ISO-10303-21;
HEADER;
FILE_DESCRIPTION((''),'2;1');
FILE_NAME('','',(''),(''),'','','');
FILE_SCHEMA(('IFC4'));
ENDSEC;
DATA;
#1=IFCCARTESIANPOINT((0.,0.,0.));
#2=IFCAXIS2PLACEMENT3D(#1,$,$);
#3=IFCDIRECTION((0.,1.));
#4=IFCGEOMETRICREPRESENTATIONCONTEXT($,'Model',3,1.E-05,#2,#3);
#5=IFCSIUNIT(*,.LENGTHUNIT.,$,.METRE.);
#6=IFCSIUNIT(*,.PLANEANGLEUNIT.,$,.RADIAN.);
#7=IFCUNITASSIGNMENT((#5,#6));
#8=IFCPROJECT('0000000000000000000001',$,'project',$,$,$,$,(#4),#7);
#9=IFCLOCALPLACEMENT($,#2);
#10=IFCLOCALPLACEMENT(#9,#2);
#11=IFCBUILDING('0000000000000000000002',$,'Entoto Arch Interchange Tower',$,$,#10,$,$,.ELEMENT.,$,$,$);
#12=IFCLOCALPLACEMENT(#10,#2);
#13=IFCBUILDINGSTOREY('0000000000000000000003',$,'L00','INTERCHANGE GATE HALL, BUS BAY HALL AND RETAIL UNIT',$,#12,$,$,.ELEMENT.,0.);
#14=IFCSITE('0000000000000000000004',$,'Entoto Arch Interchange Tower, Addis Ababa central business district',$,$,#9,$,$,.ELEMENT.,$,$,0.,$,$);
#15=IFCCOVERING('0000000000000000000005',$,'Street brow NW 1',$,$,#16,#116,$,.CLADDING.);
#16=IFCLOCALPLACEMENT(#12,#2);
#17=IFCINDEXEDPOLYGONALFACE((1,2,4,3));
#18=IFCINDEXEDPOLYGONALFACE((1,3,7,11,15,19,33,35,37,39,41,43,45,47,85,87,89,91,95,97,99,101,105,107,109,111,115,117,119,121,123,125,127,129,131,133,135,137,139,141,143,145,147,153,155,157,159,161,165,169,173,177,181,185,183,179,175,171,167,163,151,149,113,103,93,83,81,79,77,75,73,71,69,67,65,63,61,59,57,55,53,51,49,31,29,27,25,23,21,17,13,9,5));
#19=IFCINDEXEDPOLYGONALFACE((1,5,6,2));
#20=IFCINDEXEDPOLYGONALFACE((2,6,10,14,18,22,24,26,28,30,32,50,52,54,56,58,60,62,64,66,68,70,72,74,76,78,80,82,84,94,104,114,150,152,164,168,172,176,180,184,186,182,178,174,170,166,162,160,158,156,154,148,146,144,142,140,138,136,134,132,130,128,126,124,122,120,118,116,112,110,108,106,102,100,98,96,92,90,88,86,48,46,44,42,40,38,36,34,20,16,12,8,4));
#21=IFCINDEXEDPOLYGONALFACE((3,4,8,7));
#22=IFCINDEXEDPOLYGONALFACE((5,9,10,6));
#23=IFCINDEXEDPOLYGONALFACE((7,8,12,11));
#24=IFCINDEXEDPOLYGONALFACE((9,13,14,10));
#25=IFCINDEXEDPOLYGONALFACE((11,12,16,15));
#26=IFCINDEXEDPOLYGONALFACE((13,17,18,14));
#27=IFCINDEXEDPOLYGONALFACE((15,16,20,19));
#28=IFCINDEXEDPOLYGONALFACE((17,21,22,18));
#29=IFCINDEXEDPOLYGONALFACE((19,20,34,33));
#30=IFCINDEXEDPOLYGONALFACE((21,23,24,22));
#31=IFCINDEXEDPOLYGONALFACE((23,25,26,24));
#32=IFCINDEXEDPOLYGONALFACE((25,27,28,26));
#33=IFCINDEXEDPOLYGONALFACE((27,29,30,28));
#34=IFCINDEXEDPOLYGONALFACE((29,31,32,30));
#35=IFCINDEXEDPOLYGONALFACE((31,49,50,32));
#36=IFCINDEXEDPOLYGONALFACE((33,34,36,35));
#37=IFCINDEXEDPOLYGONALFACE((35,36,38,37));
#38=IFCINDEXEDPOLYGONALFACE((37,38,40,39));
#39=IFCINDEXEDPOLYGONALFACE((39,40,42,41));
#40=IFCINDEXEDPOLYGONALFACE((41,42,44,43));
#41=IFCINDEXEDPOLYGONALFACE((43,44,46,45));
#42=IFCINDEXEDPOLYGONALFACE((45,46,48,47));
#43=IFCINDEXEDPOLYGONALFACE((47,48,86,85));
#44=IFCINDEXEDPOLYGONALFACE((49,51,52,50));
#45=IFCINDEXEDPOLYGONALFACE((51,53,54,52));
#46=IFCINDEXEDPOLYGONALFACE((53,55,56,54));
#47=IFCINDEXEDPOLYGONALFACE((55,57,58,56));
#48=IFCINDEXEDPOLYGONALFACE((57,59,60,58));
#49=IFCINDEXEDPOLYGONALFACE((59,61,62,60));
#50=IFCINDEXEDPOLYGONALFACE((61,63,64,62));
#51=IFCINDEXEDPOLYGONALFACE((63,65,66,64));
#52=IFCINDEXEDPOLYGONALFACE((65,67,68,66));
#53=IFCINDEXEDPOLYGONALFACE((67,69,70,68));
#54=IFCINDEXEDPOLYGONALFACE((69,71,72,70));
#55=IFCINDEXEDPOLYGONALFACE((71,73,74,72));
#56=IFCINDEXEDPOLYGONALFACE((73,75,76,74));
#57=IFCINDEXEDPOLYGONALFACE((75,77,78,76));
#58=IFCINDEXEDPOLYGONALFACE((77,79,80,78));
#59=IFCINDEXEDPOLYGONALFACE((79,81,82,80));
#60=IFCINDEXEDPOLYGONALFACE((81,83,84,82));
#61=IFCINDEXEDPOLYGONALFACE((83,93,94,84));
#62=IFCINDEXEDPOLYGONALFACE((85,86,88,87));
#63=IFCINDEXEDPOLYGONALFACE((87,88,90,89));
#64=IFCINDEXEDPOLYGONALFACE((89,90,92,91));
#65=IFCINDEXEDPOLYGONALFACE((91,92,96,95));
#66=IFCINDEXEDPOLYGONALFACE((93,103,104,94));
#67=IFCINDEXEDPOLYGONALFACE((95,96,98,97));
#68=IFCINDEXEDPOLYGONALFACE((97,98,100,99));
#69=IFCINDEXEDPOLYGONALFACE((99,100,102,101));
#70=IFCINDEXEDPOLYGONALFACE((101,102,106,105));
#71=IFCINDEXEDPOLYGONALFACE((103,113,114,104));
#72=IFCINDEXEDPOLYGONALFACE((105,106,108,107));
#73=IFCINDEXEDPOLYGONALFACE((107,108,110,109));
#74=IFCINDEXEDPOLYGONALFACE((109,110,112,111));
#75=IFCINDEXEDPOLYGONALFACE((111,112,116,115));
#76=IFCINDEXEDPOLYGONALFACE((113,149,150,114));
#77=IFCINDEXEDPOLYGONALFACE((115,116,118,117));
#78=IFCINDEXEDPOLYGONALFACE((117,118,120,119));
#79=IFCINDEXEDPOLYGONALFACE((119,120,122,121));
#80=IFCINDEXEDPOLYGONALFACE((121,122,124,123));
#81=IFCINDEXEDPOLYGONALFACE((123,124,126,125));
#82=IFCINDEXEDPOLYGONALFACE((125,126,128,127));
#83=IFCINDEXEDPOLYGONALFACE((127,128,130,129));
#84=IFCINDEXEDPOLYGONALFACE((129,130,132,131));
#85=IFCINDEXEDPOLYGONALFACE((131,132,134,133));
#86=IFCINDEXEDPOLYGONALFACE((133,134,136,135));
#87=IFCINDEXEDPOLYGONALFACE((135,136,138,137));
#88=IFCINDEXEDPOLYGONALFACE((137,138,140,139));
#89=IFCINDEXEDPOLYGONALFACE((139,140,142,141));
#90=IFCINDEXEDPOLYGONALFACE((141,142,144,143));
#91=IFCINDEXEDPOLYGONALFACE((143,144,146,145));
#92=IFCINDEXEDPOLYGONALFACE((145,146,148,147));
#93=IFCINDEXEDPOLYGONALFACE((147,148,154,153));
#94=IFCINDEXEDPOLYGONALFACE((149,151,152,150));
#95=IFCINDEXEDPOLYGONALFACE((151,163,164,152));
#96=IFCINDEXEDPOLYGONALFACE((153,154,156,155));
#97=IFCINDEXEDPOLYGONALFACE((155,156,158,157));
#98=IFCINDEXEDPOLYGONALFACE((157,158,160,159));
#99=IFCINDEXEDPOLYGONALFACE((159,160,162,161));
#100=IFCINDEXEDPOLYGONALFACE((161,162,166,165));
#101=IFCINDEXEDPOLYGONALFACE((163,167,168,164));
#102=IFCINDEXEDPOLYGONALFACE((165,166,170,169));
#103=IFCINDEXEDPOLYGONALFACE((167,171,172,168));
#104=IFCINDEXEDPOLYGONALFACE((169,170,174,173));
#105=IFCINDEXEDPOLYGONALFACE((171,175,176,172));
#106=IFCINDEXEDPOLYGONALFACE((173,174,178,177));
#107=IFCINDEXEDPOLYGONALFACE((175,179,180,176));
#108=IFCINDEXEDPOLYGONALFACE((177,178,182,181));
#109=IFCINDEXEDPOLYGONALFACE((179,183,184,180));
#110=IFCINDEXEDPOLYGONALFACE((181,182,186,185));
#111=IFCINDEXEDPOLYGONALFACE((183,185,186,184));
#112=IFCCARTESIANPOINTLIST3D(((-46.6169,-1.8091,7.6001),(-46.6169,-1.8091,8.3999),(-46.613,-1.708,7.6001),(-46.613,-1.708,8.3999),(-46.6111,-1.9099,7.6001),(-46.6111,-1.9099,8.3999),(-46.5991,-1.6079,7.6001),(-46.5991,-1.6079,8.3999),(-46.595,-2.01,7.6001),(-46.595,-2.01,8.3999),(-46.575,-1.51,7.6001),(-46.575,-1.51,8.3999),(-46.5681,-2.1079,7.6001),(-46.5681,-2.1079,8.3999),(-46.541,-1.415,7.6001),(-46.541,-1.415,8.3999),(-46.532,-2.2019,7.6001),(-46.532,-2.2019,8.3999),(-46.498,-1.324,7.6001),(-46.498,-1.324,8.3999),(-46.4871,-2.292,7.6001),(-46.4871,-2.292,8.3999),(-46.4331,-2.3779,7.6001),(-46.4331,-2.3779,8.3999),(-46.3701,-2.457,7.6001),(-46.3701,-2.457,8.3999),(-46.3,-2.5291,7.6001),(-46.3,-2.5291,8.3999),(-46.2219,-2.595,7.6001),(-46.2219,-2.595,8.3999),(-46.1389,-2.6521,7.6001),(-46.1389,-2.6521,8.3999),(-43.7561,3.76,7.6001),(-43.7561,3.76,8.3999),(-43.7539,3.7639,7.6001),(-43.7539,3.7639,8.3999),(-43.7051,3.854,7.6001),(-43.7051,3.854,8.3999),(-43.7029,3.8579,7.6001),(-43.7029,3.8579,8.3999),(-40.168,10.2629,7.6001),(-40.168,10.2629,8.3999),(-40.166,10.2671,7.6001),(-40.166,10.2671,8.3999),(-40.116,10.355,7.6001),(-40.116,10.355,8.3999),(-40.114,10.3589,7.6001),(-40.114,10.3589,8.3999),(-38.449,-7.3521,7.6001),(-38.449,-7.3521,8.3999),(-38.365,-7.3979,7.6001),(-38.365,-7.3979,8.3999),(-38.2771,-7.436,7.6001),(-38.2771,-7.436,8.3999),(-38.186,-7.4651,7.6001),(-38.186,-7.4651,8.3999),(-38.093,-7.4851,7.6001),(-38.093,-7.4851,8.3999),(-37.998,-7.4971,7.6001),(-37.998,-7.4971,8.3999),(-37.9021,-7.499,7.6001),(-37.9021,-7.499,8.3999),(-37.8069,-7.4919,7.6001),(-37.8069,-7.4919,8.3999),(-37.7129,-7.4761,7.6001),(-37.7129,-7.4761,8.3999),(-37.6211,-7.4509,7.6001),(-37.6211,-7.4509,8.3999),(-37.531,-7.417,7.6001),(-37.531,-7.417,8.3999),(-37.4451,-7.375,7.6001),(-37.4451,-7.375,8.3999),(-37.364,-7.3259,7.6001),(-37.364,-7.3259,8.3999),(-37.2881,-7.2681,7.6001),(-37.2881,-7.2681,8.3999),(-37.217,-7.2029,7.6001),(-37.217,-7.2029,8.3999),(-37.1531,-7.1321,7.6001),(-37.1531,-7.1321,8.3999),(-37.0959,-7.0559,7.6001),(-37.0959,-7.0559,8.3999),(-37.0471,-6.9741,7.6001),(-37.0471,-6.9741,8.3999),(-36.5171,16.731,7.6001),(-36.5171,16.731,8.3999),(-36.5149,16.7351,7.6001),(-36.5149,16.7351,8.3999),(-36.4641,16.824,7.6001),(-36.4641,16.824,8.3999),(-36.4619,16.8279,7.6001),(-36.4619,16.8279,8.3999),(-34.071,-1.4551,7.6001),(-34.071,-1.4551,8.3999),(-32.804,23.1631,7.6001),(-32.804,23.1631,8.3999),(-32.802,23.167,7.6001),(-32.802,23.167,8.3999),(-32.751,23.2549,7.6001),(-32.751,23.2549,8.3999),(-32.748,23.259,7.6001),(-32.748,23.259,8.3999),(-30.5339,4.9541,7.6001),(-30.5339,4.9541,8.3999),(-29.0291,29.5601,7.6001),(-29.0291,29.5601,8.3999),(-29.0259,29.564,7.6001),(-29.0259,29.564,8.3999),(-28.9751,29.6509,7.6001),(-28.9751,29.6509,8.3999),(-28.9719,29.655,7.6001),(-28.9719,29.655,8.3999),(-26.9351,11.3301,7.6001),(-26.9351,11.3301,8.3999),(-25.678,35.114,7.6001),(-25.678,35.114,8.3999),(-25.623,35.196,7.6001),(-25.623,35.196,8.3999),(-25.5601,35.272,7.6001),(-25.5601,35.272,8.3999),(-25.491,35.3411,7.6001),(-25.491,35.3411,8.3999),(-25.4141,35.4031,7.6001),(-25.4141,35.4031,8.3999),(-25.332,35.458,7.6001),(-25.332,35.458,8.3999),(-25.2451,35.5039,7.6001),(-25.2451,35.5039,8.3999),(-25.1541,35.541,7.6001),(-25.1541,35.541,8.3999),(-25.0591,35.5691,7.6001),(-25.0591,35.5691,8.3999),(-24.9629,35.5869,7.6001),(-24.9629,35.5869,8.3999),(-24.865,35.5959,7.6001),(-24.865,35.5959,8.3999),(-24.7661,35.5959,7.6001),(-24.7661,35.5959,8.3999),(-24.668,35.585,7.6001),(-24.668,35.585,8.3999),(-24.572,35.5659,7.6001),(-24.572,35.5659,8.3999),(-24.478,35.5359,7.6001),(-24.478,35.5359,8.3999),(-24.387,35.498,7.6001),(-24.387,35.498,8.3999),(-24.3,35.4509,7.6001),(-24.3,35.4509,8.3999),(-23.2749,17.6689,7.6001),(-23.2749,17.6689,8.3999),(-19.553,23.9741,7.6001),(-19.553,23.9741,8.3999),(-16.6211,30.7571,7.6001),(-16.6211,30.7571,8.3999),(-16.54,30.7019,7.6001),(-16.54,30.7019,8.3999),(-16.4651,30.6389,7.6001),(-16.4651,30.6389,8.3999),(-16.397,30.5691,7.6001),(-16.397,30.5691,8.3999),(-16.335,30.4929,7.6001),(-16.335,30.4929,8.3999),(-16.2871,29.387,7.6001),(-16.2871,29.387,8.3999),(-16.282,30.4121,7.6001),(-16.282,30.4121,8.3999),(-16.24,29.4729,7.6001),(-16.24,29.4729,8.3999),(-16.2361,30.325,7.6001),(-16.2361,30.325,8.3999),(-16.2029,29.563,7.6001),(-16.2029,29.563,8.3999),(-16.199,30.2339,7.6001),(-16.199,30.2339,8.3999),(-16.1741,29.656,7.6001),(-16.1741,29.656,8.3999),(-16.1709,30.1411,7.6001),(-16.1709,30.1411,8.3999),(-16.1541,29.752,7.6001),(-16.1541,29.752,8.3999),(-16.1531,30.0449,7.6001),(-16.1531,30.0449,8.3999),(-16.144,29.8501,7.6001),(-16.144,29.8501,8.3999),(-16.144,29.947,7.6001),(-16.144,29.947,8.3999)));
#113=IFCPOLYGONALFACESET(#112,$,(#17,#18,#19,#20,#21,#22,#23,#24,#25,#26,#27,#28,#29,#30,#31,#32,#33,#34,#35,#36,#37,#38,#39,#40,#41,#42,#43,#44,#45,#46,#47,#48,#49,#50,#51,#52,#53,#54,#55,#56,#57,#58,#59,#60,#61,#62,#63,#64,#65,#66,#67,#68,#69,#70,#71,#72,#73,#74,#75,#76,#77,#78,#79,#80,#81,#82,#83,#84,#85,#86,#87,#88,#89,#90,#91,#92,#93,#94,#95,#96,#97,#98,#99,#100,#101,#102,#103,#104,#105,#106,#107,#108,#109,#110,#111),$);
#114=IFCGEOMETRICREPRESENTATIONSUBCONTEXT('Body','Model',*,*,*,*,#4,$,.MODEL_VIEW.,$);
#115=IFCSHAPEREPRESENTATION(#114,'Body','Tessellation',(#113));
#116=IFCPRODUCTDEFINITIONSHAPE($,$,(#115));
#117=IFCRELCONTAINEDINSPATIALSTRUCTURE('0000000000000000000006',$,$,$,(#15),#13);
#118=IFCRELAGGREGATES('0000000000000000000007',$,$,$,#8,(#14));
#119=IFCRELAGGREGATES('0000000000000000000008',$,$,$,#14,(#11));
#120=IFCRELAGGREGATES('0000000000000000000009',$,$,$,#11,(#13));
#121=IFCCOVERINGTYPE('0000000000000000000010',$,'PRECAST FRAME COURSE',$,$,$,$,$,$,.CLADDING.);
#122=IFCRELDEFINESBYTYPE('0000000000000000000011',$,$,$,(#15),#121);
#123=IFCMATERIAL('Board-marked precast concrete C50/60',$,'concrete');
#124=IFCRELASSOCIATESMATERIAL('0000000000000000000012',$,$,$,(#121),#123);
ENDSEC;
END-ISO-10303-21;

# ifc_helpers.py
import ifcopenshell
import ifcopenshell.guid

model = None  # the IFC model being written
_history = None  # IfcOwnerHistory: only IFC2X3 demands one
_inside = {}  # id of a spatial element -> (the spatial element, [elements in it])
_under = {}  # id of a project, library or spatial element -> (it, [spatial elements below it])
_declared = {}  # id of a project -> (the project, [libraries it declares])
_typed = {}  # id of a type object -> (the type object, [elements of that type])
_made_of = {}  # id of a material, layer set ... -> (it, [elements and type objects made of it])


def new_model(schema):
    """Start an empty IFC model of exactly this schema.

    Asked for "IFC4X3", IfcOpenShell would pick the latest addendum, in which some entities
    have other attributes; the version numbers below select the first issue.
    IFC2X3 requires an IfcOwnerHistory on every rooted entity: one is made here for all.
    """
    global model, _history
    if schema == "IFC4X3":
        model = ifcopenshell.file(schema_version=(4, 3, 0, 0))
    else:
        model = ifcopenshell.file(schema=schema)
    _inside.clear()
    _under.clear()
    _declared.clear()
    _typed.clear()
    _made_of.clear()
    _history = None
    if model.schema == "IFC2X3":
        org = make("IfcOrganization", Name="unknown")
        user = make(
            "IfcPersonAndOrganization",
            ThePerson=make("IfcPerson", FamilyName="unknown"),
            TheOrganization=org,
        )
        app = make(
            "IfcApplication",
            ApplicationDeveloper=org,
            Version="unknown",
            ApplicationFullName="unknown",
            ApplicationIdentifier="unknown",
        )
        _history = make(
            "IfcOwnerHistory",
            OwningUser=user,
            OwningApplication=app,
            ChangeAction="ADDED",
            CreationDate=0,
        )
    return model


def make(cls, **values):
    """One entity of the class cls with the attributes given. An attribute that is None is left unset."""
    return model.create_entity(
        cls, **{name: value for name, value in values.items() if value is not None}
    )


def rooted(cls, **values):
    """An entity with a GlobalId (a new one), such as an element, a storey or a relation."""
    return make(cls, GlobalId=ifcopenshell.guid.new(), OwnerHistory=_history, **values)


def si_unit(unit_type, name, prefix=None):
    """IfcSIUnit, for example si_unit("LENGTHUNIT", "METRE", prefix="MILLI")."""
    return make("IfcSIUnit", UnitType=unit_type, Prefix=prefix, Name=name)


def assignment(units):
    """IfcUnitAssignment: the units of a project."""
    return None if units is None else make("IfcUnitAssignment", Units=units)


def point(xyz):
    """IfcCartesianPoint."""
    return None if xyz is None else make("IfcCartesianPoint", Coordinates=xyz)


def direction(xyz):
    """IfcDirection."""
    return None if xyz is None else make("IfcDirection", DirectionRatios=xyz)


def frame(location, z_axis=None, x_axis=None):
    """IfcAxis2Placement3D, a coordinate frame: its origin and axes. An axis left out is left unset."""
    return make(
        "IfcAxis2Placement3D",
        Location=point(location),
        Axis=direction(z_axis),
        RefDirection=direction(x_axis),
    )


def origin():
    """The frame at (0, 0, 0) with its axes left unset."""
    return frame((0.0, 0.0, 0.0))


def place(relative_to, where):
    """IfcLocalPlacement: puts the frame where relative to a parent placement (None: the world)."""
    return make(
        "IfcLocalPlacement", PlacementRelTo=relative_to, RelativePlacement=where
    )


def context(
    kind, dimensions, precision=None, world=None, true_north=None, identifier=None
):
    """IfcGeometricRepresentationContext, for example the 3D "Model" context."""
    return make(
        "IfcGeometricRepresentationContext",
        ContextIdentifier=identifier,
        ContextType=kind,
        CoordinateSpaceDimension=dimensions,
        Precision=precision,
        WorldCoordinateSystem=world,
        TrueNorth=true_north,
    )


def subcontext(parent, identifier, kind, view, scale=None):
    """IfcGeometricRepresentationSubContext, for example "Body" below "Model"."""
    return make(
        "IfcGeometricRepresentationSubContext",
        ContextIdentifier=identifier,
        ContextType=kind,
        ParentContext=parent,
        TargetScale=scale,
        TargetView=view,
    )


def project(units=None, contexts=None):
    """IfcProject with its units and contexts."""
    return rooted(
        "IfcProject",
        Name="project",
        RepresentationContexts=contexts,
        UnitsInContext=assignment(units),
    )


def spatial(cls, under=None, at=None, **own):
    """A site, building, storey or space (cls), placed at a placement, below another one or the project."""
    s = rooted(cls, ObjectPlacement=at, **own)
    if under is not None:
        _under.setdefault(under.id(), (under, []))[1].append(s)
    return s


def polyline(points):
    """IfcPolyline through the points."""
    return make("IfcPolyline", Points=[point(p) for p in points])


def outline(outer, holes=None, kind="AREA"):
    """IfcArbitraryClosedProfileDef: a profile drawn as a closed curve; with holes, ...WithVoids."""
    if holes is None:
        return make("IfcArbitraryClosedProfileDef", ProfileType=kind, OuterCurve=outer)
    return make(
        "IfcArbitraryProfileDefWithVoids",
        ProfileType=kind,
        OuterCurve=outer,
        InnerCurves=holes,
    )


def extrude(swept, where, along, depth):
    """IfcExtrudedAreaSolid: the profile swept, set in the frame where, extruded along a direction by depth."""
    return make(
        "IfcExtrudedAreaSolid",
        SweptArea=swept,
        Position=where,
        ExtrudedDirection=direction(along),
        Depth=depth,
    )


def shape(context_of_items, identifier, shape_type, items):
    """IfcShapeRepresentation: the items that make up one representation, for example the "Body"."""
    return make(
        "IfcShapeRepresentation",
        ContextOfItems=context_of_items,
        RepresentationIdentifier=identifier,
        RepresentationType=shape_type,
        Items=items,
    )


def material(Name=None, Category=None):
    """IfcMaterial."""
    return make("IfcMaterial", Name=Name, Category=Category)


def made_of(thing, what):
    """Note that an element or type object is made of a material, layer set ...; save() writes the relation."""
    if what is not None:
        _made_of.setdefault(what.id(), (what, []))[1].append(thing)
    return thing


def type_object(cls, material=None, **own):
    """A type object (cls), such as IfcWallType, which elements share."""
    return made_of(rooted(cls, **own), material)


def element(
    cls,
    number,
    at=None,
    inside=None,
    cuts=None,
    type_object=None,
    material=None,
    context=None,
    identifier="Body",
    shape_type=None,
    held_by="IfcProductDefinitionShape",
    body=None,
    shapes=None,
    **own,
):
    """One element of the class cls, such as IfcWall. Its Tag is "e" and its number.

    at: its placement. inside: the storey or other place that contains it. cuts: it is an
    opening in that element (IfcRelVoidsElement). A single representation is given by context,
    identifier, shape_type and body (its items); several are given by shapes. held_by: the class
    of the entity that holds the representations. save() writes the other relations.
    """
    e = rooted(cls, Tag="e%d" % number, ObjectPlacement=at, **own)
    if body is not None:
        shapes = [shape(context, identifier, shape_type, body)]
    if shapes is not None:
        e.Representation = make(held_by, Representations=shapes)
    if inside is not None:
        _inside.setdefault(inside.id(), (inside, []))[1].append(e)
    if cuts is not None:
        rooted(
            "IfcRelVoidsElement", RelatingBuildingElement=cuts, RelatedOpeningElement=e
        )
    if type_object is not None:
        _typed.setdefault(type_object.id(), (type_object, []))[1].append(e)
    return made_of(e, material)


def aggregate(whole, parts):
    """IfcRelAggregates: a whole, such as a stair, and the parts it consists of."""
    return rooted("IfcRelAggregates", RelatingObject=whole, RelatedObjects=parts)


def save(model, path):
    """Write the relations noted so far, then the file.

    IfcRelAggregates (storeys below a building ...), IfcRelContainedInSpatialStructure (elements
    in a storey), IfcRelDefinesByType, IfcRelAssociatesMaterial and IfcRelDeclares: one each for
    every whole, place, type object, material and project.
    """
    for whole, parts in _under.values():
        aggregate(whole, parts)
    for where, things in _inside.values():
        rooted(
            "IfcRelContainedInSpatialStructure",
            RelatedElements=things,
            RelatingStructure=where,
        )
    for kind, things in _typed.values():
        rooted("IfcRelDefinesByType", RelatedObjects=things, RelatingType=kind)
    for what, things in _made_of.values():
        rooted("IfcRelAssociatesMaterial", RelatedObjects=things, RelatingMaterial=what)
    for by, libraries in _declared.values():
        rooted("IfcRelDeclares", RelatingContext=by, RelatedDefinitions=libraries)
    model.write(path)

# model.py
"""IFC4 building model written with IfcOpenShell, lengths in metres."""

from ifc_helpers import new_model, si_unit, direction, frame, origin, place, context, subcontext, project, spatial, polyline, outline, extrude, material, type_object, element, save


model = new_model("IFC4")

# Units and contexts
model_context = context("Model", 3, precision=1e-05, world=origin(), true_north=direction((0.0, 1.0)))
body_context = subcontext(model_context, "Body", "Model", "MODEL_VIEW")
ifc_project = project(units=[si_unit("LENGTHUNIT", "METRE"), si_unit("PLANEANGLEUNIT", "RADIAN")], contexts=[model_context])

# Site, building, storey
site_placement = place(None, origin())
site = spatial("IfcSite", under=ifc_project, at=site_placement, Name="Entoto Arch Interchange Tower, Addis Ababa central business district", CompositionType="ELEMENT", RefElevation=0.0)
building_placement = place(site_placement, origin())
building = spatial("IfcBuilding", under=site, at=building_placement, Name="Entoto Arch Interchange Tower", CompositionType="ELEMENT")
storey_placement = place(building_placement, origin())
storey = spatial("IfcBuildingStorey", under=building, at=storey_placement, Name="L00", Description="INTERCHANGE GATE HALL, BUS BAY HALL AND RETAIL UNIT", CompositionType="ELEMENT", Elevation=0.0)

# Covering
ifc_material_1 = material(Name="Board-marked precast concrete C50/60", Category="concrete")
covering_type = type_object("IfcCoveringType", Name="PRECAST FRAME COURSE", PredefinedType="CLADDING", material=ifc_material_1)
covering_1_placement = place(storey_placement, frame((0.0, 0.0, 7.6001)))
element("IfcCovering", 1, at=covering_1_placement, inside=storey, type_object=covering_type, Name="Street brow NW 1", PredefinedType="CLADDING", context=body_context, shape_type="SweptSolid", body=[
    extrude(outline(polyline([(-43.7561, 3.76), (-43.7539, 3.7639), (-43.7051, 3.854), (-43.7029, 3.8579), (-40.168, 10.2629), (-40.166, 10.2671), (-40.116, 10.355), (-40.114, 10.3589), (-36.5171, 16.731), (-36.5149, 16.7351), (-36.4641, 16.824), (-36.4619, 16.8279), (-32.804, 23.1631), (-32.802, 23.167), (-32.751, 23.2549), (-32.748, 23.259), (-29.0291, 29.5601), (-29.0259, 29.564), (-28.9751, 29.6509), (-28.9719, 29.655), (-25.678, 35.114), (-25.623, 35.196), (-25.5601, 35.272), (-25.491, 35.3411), (-25.4141, 35.4031), (-25.332, 35.458), (-25.2451, 35.5039), (-25.1541, 35.541), (-25.0591, 35.5691), (-24.9629, 35.5869), (-24.865, 35.5959), (-24.7661, 35.5959), (-24.668, 35.585), (-24.572, 35.5659), (-24.478, 35.5359), (-24.387, 35.498), (-24.3, 35.4509), (-16.6211, 30.7571), (-16.54, 30.7019), (-16.4651, 30.6389), (-16.397, 30.5691), (-16.335, 30.4929), (-16.282, 30.4121), (-16.2361, 30.325), (-16.199, 30.2339), (-16.1709, 30.1411), (-16.1531, 30.0449), (-16.144, 29.947), (-16.144, 29.8501), (-16.1541, 29.752), (-16.1741, 29.656), (-16.2029, 29.563), (-16.24, 29.4729), (-16.2871, 29.387), (-19.553, 23.9741), (-23.2749, 17.6689), (-26.9351, 11.3301), (-30.5339, 4.9541), (-34.071, -1.4551), (-37.0471, -6.9741), (-37.0959, -7.0559), (-37.1531, -7.1321), (-37.217, -7.2029), (-37.2881, -7.2681), (-37.364, -7.3259), (-37.4451, -7.375), (-37.531, -7.417), (-37.6211, -7.4509), (-37.7129, -7.4761), (-37.8069, -7.4919), (-37.9021, -7.499), (-37.998, -7.4971), (-38.093, -7.4851), (-38.186, -7.4651), (-38.2771, -7.436), (-38.365, -7.3979), (-38.449, -7.3521), (-46.1389, -2.6521), (-46.2219, -2.595), (-46.3, -2.5291), (-46.3701, -2.457), (-46.4331, -2.3779), (-46.4871, -2.292), (-46.532, -2.2019), (-46.5681, -2.1079), (-46.595, -2.01), (-46.6111, -1.9099), (-46.6169, -1.8091), (-46.613, -1.708), (-46.5991, -1.6079), (-46.575, -1.51), (-46.541, -1.415), (-46.498, -1.324), (-43.7561, 3.76)])), origin(), (0.0, 0.0, 1.0), 0.7998),
])

save(model, "model.ifc")
